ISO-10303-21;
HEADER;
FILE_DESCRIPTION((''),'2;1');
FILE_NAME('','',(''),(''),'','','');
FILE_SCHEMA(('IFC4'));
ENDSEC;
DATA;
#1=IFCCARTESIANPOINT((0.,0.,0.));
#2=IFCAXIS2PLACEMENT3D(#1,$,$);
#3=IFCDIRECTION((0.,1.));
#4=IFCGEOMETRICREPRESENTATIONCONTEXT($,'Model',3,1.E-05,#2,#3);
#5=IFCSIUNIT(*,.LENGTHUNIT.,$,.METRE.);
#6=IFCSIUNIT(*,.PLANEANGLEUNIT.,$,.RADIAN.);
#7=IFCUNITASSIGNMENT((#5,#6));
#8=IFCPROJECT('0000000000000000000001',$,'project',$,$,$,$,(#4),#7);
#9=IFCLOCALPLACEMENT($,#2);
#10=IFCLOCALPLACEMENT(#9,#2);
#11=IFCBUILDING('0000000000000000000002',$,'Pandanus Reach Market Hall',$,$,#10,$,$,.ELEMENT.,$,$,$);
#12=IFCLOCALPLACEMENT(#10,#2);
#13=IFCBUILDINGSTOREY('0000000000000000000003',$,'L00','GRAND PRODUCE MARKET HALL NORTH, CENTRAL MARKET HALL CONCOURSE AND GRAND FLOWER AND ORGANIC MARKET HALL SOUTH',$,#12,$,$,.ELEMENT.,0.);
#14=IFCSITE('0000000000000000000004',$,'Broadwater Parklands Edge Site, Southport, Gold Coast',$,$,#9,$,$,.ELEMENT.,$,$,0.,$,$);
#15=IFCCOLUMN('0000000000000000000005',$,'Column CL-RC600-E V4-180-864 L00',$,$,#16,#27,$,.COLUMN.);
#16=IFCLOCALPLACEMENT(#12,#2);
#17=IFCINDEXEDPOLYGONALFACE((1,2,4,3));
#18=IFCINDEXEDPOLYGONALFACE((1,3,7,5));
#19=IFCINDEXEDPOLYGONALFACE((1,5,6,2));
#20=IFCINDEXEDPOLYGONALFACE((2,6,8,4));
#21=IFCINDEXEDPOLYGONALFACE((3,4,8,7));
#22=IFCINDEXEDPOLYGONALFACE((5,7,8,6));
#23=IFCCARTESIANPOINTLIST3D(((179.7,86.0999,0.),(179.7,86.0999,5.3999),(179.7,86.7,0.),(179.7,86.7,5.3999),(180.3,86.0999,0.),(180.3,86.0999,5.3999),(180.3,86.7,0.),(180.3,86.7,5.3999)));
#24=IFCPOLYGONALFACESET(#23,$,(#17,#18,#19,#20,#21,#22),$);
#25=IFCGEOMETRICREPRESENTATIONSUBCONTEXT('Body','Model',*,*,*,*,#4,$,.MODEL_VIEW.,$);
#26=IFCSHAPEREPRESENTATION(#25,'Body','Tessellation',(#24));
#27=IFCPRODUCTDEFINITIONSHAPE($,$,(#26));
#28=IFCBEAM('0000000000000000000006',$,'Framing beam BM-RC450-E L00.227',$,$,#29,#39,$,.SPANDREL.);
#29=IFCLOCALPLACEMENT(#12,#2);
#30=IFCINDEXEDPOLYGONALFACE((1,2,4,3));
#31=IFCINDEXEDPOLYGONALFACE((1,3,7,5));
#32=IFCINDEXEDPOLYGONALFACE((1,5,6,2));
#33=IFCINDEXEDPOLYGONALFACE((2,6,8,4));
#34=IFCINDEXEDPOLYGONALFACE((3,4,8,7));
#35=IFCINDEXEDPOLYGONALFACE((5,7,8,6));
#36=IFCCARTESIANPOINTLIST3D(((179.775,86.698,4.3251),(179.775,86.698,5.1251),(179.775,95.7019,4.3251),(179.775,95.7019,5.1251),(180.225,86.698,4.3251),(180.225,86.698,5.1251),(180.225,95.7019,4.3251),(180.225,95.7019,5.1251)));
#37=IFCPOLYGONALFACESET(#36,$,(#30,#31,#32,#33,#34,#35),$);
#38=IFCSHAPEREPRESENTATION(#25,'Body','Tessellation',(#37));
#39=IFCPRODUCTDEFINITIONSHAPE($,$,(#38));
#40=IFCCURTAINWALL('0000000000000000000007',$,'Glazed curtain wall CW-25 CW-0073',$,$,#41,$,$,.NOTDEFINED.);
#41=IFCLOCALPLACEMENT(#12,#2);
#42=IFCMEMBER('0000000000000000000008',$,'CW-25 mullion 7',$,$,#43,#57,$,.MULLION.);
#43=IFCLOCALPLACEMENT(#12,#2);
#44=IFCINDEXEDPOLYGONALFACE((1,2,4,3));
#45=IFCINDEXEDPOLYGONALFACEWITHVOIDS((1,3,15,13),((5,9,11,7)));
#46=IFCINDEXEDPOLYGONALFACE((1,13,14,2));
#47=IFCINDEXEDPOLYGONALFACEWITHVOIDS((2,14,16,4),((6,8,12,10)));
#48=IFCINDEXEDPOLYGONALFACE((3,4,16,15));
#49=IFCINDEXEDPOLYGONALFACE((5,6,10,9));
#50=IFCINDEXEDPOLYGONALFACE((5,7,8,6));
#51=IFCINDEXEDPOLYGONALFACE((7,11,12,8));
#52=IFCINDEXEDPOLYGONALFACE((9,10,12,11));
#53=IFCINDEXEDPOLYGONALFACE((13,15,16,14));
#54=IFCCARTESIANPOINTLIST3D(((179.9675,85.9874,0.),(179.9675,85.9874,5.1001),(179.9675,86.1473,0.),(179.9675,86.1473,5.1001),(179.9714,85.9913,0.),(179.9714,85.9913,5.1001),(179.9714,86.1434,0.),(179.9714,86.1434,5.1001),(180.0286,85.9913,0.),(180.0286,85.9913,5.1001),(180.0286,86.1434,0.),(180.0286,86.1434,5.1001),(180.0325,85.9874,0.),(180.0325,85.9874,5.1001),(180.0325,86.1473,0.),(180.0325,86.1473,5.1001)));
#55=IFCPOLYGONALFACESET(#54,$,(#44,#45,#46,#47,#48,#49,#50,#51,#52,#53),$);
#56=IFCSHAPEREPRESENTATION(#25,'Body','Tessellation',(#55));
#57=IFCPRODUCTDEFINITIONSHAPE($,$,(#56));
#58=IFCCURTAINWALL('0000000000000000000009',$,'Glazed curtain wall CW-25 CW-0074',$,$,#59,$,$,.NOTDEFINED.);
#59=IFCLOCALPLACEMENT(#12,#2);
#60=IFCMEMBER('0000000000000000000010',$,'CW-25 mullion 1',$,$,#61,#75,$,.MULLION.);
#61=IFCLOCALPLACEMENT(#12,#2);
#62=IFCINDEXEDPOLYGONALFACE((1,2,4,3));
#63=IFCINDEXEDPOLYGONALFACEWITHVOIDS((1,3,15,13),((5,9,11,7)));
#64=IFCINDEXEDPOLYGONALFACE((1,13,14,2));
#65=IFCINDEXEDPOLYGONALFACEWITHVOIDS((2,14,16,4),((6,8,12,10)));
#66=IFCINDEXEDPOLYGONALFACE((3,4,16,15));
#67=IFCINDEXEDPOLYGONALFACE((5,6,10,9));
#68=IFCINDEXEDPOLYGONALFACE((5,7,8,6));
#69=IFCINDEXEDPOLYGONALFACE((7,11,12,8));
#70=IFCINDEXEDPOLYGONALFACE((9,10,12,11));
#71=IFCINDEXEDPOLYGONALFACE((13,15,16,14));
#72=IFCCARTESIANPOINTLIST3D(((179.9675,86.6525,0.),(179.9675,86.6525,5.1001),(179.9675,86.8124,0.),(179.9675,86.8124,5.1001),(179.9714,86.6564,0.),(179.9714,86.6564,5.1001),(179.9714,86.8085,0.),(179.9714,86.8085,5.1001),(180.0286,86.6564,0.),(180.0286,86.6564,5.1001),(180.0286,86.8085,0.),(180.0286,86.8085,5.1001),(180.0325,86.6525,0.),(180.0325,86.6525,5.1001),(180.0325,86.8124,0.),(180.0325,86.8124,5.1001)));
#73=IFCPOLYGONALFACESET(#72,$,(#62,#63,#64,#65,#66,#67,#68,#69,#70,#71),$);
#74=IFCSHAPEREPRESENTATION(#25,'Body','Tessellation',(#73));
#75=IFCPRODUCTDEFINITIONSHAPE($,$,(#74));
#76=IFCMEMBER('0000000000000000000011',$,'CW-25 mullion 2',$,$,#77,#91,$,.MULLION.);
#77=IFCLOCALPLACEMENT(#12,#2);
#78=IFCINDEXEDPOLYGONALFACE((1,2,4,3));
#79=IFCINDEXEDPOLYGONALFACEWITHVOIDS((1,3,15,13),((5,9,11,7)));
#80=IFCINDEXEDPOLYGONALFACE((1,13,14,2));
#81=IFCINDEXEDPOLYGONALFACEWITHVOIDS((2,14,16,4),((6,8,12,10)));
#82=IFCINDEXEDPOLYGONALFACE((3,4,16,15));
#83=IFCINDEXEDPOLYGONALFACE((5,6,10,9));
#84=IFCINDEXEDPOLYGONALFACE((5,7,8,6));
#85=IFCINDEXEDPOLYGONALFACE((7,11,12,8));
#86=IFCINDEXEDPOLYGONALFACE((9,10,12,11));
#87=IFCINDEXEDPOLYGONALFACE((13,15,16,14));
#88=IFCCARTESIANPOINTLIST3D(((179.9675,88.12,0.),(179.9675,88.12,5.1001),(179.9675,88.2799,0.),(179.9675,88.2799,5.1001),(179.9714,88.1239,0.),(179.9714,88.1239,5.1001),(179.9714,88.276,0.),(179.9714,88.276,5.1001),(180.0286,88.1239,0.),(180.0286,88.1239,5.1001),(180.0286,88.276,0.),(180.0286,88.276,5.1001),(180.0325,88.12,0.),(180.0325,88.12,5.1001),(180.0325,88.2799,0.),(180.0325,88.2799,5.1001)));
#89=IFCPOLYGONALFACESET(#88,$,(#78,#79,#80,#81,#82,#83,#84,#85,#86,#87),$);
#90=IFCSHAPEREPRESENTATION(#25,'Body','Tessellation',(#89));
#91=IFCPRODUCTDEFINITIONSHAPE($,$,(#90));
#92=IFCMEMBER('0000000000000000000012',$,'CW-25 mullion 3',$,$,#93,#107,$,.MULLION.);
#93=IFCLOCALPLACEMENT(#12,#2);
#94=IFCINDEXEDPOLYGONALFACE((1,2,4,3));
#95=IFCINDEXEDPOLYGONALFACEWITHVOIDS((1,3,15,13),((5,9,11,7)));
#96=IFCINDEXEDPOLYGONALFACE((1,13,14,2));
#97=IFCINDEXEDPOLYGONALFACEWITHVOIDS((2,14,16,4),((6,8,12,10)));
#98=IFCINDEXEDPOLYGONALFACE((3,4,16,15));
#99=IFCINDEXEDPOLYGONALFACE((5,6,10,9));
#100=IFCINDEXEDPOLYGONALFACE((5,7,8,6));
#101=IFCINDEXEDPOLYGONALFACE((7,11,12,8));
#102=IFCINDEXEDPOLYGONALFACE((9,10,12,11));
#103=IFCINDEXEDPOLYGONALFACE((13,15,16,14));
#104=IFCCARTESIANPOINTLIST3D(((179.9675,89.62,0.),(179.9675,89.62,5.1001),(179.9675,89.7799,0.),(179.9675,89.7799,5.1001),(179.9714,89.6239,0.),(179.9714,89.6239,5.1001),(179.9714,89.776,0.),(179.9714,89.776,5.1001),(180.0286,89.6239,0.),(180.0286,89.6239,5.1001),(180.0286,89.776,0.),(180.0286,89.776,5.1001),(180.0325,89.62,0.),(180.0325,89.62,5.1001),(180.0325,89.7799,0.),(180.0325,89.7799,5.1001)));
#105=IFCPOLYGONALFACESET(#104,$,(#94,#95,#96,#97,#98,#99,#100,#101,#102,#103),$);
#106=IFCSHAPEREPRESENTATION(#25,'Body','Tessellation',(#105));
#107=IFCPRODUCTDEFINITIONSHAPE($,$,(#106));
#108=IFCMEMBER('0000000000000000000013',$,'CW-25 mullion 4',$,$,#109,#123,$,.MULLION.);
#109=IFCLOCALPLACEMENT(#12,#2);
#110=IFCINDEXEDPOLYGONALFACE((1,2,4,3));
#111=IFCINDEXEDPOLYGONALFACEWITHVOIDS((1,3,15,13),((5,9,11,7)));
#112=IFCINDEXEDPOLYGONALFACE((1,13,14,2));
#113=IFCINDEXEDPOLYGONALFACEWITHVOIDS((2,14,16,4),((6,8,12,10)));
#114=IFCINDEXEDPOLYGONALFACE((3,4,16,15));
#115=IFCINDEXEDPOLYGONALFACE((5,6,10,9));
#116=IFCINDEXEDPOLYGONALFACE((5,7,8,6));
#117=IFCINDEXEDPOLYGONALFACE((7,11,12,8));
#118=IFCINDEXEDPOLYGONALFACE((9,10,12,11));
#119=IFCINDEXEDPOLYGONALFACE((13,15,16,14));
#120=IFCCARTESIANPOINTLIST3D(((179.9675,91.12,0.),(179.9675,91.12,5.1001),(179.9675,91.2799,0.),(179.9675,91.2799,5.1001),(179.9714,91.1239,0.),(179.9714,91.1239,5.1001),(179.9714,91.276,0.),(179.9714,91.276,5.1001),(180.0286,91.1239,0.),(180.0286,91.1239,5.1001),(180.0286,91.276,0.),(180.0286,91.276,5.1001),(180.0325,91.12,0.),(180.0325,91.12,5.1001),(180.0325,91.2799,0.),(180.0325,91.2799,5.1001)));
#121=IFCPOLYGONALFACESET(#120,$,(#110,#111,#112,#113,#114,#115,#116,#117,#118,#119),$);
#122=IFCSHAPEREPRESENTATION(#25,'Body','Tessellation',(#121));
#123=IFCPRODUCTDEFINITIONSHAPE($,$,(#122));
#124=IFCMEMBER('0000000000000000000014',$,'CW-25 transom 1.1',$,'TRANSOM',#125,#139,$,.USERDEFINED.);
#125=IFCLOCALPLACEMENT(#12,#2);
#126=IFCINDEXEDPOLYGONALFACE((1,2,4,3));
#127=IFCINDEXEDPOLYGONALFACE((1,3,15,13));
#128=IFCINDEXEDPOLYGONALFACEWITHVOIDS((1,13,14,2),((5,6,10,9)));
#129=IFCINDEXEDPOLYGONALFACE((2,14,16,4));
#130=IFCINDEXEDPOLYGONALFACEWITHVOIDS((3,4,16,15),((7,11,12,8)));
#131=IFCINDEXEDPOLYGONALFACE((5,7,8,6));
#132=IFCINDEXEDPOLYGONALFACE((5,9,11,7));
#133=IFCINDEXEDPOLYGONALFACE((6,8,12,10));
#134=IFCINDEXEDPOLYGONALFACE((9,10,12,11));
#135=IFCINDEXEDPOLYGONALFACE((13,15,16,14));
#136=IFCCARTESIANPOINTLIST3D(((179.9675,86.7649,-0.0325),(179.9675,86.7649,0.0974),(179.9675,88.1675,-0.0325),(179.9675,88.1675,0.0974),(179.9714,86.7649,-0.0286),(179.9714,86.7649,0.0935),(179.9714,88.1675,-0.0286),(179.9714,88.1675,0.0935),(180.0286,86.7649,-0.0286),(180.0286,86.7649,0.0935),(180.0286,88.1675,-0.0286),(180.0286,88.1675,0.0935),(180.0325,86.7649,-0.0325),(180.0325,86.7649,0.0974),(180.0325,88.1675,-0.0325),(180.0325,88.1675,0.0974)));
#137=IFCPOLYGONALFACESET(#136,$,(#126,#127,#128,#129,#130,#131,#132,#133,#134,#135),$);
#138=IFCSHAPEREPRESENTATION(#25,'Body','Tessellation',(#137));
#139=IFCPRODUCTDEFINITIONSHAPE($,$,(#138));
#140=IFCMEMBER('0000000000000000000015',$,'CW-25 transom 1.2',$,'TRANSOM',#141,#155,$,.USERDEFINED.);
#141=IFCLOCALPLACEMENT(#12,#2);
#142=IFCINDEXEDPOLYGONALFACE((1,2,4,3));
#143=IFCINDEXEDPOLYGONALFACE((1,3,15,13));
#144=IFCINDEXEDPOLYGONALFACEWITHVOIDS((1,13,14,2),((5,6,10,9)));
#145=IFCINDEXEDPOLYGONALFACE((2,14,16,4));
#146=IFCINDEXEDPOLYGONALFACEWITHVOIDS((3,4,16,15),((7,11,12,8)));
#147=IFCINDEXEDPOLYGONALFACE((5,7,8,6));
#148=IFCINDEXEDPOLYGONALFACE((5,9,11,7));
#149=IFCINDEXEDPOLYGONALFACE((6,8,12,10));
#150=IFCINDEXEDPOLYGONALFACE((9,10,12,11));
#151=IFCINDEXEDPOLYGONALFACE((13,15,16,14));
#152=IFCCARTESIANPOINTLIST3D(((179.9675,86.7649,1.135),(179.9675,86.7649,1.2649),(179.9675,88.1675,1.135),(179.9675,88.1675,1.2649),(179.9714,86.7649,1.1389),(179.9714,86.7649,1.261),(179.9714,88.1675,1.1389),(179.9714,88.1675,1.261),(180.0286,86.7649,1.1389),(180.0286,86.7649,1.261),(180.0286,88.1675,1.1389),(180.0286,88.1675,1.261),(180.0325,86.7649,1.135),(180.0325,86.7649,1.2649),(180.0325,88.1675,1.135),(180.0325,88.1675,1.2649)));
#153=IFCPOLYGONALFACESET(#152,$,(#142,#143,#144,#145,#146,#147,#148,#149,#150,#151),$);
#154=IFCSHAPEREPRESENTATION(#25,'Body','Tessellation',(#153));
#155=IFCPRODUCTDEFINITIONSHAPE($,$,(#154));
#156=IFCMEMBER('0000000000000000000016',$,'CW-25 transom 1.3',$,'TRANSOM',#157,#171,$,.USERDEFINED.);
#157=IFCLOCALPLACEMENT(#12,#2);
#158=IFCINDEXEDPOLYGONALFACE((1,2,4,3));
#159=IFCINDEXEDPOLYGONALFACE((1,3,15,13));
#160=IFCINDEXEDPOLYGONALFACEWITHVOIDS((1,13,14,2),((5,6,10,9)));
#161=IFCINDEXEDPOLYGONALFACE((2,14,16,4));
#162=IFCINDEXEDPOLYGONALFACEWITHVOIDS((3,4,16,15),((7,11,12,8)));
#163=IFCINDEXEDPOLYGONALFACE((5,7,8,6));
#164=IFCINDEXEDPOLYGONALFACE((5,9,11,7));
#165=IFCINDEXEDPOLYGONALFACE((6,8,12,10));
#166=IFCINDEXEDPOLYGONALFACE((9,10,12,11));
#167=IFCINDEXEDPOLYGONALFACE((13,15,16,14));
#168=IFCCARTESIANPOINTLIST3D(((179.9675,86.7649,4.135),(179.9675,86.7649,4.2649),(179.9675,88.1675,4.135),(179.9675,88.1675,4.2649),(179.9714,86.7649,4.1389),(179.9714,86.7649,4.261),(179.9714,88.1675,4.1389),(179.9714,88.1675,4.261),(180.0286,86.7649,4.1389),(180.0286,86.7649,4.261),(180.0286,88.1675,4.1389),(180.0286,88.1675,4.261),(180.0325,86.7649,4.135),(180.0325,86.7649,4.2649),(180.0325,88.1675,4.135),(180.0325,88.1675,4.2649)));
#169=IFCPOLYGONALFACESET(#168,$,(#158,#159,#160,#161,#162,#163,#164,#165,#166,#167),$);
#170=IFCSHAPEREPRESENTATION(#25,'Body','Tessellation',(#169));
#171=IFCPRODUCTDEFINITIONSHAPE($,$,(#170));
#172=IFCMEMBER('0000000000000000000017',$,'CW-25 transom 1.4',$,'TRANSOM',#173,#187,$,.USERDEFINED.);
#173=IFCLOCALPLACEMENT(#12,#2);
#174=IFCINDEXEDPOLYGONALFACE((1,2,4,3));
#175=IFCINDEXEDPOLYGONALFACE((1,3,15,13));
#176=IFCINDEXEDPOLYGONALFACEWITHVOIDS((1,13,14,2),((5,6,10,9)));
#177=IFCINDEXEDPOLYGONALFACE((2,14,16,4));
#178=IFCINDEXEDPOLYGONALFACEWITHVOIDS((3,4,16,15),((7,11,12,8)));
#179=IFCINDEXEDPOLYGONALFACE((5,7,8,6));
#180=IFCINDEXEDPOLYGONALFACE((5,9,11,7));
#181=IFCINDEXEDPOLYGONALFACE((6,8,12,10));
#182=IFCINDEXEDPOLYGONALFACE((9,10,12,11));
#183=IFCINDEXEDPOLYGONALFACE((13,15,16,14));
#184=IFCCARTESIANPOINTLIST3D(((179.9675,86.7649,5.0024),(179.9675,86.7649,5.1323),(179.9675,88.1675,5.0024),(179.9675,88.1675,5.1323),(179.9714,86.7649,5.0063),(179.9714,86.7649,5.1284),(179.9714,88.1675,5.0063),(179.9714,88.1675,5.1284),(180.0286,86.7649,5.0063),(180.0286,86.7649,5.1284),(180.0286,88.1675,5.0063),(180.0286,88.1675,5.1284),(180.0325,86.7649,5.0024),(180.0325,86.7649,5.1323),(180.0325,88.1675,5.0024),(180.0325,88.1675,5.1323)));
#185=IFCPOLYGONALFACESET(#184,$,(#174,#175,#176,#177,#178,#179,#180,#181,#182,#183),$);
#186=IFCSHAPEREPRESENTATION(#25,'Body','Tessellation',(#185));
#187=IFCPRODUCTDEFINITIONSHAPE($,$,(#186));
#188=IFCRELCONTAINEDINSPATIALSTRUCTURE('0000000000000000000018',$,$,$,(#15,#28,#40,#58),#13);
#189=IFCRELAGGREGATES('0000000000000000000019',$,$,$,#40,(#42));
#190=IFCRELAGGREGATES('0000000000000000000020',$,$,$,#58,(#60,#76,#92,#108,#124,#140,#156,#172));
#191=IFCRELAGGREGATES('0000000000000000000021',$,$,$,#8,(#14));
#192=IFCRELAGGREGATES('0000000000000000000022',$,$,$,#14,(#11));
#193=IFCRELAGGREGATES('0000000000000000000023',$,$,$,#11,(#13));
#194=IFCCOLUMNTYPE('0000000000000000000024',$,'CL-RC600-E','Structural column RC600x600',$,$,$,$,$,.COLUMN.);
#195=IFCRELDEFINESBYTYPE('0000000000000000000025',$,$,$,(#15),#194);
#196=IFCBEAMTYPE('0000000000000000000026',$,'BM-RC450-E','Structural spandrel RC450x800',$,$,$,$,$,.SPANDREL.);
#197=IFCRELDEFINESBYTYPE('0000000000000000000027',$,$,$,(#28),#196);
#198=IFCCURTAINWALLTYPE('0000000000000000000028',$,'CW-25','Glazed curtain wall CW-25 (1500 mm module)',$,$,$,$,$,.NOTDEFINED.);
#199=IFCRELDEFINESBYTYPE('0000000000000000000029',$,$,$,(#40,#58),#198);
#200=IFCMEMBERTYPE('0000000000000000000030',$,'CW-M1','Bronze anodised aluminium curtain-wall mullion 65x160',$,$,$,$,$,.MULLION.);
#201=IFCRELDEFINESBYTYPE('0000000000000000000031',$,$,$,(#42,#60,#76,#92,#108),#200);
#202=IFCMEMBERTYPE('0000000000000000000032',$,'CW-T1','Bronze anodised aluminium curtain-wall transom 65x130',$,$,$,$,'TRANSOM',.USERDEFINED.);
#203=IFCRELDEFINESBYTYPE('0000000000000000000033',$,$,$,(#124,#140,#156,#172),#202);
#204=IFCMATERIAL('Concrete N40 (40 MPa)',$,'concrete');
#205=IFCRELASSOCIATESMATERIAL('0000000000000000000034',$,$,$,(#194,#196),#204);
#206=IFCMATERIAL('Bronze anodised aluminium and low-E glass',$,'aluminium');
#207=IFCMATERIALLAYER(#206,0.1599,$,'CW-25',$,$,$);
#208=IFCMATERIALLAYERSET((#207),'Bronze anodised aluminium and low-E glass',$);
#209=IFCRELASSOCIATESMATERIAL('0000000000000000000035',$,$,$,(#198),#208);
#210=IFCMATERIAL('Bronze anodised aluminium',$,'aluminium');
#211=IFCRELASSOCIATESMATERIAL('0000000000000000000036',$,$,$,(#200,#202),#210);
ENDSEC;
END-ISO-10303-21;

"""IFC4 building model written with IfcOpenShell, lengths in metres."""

from ifc_helpers import new_model, si_unit, direction, frame, origin, origin_2d, place, context, subcontext, project, spatial, rectangle, hollow_rectangle, extrude, material, layer, layer_set, material_profile, profile_set, type_object, element, aggregate, save


model = new_model("IFC4")

# Units and contexts
model_context = context("Model", 3, precision=1e-05, world=origin(), true_north=direction((0.0, 1.0)))
body_context = subcontext(model_context, "Body", "Model", "MODEL_VIEW")
ifc_project = project(units=[si_unit("LENGTHUNIT", "METRE"), si_unit("PLANEANGLEUNIT", "RADIAN")], contexts=[model_context])

# Site, building, storey
site_placement = place(None, origin())
site = spatial("IfcSite", under=ifc_project, at=site_placement, Name="Broadwater Parklands Edge Site, Southport, Gold Coast", CompositionType="ELEMENT", RefElevation=0.0)
building_placement = place(site_placement, origin())
building = spatial("IfcBuilding", under=site, at=building_placement, Name="Pandanus Reach Market Hall", CompositionType="ELEMENT")
storey_placement = place(building_placement, origin())
storey = spatial("IfcBuildingStorey", under=building, at=storey_placement, Name="L00", Description="GRAND PRODUCE MARKET HALL NORTH, CENTRAL MARKET HALL CONCOURSE AND GRAND FLOWER AND ORGANIC MARKET HALL SOUTH", CompositionType="ELEMENT", Elevation=0.0)

# Column
ifc_material_1 = material(Name="Concrete N40 (40 MPa)", Category="concrete")
ifc_material_profile_1 = material_profile(ifc_material_1, rectangle(XDim=0.6001, YDim=0.6001, at=origin_2d()), Name="RC600x600", Category="LoadBearing")
ifc_profile_set_1 = profile_set([ifc_material_profile_1], Name="Concrete N40 (40 MPa)")
column_type = type_object("IfcColumnType", Name="CL-RC600-E", Description="Structural column RC600x600", PredefinedType="COLUMN", material=ifc_profile_set_1)
column_placement = place(storey_placement, frame((180.0, 86.3999, 0.0), z_axis=(0.0, 0.0, 1.0), x_axis=(1.0, 0.0, 0.0)))
element("IfcColumn", 1, at=column_placement, inside=storey, type_object=column_type, Name="Column CL-RC600-E V4-180-864 L00", PredefinedType="COLUMN", context=body_context, shape_type="SweptSolid", body=[
    extrude(rectangle(XDim=0.6001, YDim=0.6001, at=origin_2d()), origin(), (0.0, 0.0, 1.0), 5.3999),
])

# Beam
ifc_material_profile_2 = material_profile(ifc_material_1, rectangle(XDim=0.45, YDim=0.8, at=origin_2d()), Name="RC450x800", Category="LoadBearing")
ifc_profile_set_2 = profile_set([ifc_material_profile_2], Name="Concrete N40 (40 MPa)")
beam_type = type_object("IfcBeamType", Name="BM-RC450-E", Description="Structural spandrel RC450x800", PredefinedType="SPANDREL", material=ifc_profile_set_2)
beam_placement = place(storey_placement, frame((180.0, 86.698, 4.7251), z_axis=(0.0, 1.0, 0.0), x_axis=(-1.0, 0.0, 0.0)))
element("IfcBeam", 2, at=beam_placement, inside=storey, type_object=beam_type, Name="Framing beam BM-RC450-E L00.227", PredefinedType="SPANDREL", context=body_context, shape_type="SweptSolid", body=[
    extrude(rectangle(XDim=0.45, YDim=0.8, at=origin_2d()), origin(), (0.0, 0.0, 1.0), 9.0039),
])

# Curtain wall, member
ifc_material_2 = material(Name="Bronze anodised aluminium and low-E glass", Category="aluminium")
ifc_layer_1 = layer(ifc_material_2, 0.1599, Name="CW-25")
ifc_layer_set_1 = layer_set([ifc_layer_1], Name="Bronze anodised aluminium and low-E glass")
curtain_wall_type = type_object("IfcCurtainWallType", Name="CW-25", Description="Glazed curtain wall CW-25 (1500 mm module)", PredefinedType="NOTDEFINED", material=ifc_layer_set_1)
curtain_wall_1_placement = place(storey_placement, origin())
curtain_wall_1 = element("IfcCurtainWall", 3, at=curtain_wall_1_placement, inside=storey, type_object=curtain_wall_type, Name="Glazed curtain wall CW-25 CW-0073", PredefinedType="NOTDEFINED")
ifc_material_3 = material(Name="Bronze anodised aluminium", Category="aluminium")
ifc_material_profile_3 = material_profile(ifc_material_3, hollow_rectangle(XDim=0.0649, YDim=0.1599, WallThickness=0.0039, at=origin_2d()), Name="ALU65x160", Category="LoadBearing")
ifc_profile_set_3 = profile_set([ifc_material_profile_3], Name="Bronze anodised aluminium")
member_type_1 = type_object("IfcMemberType", Name="CW-M1", Description="Bronze anodised aluminium curtain-wall mullion 65x160", PredefinedType="MULLION", material=ifc_profile_set_3)
member_1_placement = place(storey_placement, frame((180.0, 86.0674, 0.0), z_axis=(0.0, 0.0, 1.0), x_axis=(-1.0, 0.0, 0.0)))
member_1 = element("IfcMember", 4, at=member_1_placement, type_object=member_type_1, Name="CW-25 mullion 7", PredefinedType="MULLION", context=body_context, shape_type="SweptSolid", body=[
    extrude(hollow_rectangle(XDim=0.0649, YDim=0.1599, WallThickness=0.0039, at=origin_2d()), origin(), (0.0, 0.0, 1.0), 5.1001),
])
aggregate(curtain_wall_1, [member_1])

# Curtain wall, members
curtain_wall_2_placement = place(storey_placement, origin())
curtain_wall_2 = element("IfcCurtainWall", 5, at=curtain_wall_2_placement, inside=storey, type_object=curtain_wall_type, Name="Glazed curtain wall CW-25 CW-0074", PredefinedType="NOTDEFINED")
member_2_placement = place(storey_placement, frame((180.0, 86.7324, 0.0), z_axis=(0.0, 0.0, 1.0), x_axis=(-1.0, 0.0, 0.0)))
member_2 = element("IfcMember", 6, at=member_2_placement, type_object=member_type_1, Name="CW-25 mullion 1", PredefinedType="MULLION", context=body_context, shape_type="SweptSolid", body=[
    extrude(hollow_rectangle(XDim=0.0649, YDim=0.1599, WallThickness=0.0039, at=origin_2d()), origin(), (0.0, 0.0, 1.0), 5.1001),
])
member_3_placement = place(storey_placement, frame((180.0, 88.2, 0.0), z_axis=(0.0, 0.0, 1.0), x_axis=(-1.0, 0.0, 0.0)))
member_3 = element("IfcMember", 7, at=member_3_placement, type_object=member_type_1, Name="CW-25 mullion 2", PredefinedType="MULLION", context=body_context, shape_type="SweptSolid", body=[
    extrude(hollow_rectangle(XDim=0.0649, YDim=0.1599, WallThickness=0.0039, at=origin_2d()), origin(), (0.0, 0.0, 1.0), 5.1001),
])
member_4_placement = place(storey_placement, frame((180.0, 89.7, 0.0), z_axis=(0.0, 0.0, 1.0), x_axis=(-1.0, 0.0, 0.0)))
member_4 = element("IfcMember", 8, at=member_4_placement, type_object=member_type_1, Name="CW-25 mullion 3", PredefinedType="MULLION", context=body_context, shape_type="SweptSolid", body=[
    extrude(hollow_rectangle(XDim=0.0649, YDim=0.1599, WallThickness=0.0039, at=origin_2d()), origin(), (0.0, 0.0, 1.0), 5.1001),
])
member_5_placement = place(storey_placement, frame((180.0, 91.2, 0.0), z_axis=(0.0, 0.0, 1.0), x_axis=(-1.0, 0.0, 0.0)))
member_5 = element("IfcMember", 9, at=member_5_placement, type_object=member_type_1, Name="CW-25 mullion 4", PredefinedType="MULLION", context=body_context, shape_type="SweptSolid", body=[
    extrude(hollow_rectangle(XDim=0.0649, YDim=0.1599, WallThickness=0.0039, at=origin_2d()), origin(), (0.0, 0.0, 1.0), 5.1001),
])
ifc_material_profile_4 = material_profile(ifc_material_3, hollow_rectangle(XDim=0.0649, YDim=0.1299, WallThickness=0.0039, at=origin_2d()), Name="ALU65x130", Category="LoadBearing")
ifc_profile_set_4 = profile_set([ifc_material_profile_4], Name="Bronze anodised aluminium")
member_type_2 = type_object("IfcMemberType", Name="CW-T1", Description="Bronze anodised aluminium curtain-wall transom 65x130", ElementType="TRANSOM", PredefinedType="USERDEFINED", material=ifc_profile_set_4)
member_6_placement = place(storey_placement, frame((180.0, 86.7649, 0.0325), z_axis=(0.0, 1.0, 0.0), x_axis=(-1.0, 0.0, 0.0)))
member_6 = element("IfcMember", 10, at=member_6_placement, type_object=member_type_2, Name="CW-25 transom 1.1", ObjectType="TRANSOM", PredefinedType="USERDEFINED", context=body_context, shape_type="SweptSolid", body=[
    extrude(hollow_rectangle(XDim=0.0649, YDim=0.1299, WallThickness=0.0039, at=origin_2d()), origin(), (0.0, 0.0, 1.0), 1.4026),
])
member_7_placement = place(storey_placement, frame((180.0, 86.7649, 1.2), z_axis=(0.0, 1.0, 0.0), x_axis=(-1.0, 0.0, 0.0)))
member_7 = element("IfcMember", 11, at=member_7_placement, type_object=member_type_2, Name="CW-25 transom 1.2", ObjectType="TRANSOM", PredefinedType="USERDEFINED", context=body_context, shape_type="SweptSolid", body=[
    extrude(hollow_rectangle(XDim=0.0649, YDim=0.1299, WallThickness=0.0039, at=origin_2d()), origin(), (0.0, 0.0, 1.0), 1.4026),
])
member_8_placement = place(storey_placement, frame((180.0, 86.7649, 4.2), z_axis=(0.0, 1.0, 0.0), x_axis=(-1.0, 0.0, 0.0)))
member_8 = element("IfcMember", 12, at=member_8_placement, type_object=member_type_2, Name="CW-25 transom 1.3", ObjectType="TRANSOM", PredefinedType="USERDEFINED", context=body_context, shape_type="SweptSolid", body=[
    extrude(hollow_rectangle(XDim=0.0649, YDim=0.1299, WallThickness=0.0039, at=origin_2d()), origin(), (0.0, 0.0, 1.0), 1.4026),
])
member_9_placement = place(storey_placement, frame((180.0, 86.7649, 5.0674), z_axis=(0.0, 1.0, 0.0), x_axis=(-1.0, 0.0, 0.0)))
member_9 = element("IfcMember", 13, at=member_9_placement, type_object=member_type_2, Name="CW-25 transom 1.4", ObjectType="TRANSOM", PredefinedType="USERDEFINED", context=body_context, shape_type="SweptSolid", body=[
    extrude(hollow_rectangle(XDim=0.0649, YDim=0.1299, WallThickness=0.0039, at=origin_2d()), origin(), (0.0, 0.0, 1.0), 1.4026),
])
aggregate(curtain_wall_2, [member_2, member_3, member_4, member_5, member_6, member_7, member_8, member_9])

save(model, "model.ifc")
